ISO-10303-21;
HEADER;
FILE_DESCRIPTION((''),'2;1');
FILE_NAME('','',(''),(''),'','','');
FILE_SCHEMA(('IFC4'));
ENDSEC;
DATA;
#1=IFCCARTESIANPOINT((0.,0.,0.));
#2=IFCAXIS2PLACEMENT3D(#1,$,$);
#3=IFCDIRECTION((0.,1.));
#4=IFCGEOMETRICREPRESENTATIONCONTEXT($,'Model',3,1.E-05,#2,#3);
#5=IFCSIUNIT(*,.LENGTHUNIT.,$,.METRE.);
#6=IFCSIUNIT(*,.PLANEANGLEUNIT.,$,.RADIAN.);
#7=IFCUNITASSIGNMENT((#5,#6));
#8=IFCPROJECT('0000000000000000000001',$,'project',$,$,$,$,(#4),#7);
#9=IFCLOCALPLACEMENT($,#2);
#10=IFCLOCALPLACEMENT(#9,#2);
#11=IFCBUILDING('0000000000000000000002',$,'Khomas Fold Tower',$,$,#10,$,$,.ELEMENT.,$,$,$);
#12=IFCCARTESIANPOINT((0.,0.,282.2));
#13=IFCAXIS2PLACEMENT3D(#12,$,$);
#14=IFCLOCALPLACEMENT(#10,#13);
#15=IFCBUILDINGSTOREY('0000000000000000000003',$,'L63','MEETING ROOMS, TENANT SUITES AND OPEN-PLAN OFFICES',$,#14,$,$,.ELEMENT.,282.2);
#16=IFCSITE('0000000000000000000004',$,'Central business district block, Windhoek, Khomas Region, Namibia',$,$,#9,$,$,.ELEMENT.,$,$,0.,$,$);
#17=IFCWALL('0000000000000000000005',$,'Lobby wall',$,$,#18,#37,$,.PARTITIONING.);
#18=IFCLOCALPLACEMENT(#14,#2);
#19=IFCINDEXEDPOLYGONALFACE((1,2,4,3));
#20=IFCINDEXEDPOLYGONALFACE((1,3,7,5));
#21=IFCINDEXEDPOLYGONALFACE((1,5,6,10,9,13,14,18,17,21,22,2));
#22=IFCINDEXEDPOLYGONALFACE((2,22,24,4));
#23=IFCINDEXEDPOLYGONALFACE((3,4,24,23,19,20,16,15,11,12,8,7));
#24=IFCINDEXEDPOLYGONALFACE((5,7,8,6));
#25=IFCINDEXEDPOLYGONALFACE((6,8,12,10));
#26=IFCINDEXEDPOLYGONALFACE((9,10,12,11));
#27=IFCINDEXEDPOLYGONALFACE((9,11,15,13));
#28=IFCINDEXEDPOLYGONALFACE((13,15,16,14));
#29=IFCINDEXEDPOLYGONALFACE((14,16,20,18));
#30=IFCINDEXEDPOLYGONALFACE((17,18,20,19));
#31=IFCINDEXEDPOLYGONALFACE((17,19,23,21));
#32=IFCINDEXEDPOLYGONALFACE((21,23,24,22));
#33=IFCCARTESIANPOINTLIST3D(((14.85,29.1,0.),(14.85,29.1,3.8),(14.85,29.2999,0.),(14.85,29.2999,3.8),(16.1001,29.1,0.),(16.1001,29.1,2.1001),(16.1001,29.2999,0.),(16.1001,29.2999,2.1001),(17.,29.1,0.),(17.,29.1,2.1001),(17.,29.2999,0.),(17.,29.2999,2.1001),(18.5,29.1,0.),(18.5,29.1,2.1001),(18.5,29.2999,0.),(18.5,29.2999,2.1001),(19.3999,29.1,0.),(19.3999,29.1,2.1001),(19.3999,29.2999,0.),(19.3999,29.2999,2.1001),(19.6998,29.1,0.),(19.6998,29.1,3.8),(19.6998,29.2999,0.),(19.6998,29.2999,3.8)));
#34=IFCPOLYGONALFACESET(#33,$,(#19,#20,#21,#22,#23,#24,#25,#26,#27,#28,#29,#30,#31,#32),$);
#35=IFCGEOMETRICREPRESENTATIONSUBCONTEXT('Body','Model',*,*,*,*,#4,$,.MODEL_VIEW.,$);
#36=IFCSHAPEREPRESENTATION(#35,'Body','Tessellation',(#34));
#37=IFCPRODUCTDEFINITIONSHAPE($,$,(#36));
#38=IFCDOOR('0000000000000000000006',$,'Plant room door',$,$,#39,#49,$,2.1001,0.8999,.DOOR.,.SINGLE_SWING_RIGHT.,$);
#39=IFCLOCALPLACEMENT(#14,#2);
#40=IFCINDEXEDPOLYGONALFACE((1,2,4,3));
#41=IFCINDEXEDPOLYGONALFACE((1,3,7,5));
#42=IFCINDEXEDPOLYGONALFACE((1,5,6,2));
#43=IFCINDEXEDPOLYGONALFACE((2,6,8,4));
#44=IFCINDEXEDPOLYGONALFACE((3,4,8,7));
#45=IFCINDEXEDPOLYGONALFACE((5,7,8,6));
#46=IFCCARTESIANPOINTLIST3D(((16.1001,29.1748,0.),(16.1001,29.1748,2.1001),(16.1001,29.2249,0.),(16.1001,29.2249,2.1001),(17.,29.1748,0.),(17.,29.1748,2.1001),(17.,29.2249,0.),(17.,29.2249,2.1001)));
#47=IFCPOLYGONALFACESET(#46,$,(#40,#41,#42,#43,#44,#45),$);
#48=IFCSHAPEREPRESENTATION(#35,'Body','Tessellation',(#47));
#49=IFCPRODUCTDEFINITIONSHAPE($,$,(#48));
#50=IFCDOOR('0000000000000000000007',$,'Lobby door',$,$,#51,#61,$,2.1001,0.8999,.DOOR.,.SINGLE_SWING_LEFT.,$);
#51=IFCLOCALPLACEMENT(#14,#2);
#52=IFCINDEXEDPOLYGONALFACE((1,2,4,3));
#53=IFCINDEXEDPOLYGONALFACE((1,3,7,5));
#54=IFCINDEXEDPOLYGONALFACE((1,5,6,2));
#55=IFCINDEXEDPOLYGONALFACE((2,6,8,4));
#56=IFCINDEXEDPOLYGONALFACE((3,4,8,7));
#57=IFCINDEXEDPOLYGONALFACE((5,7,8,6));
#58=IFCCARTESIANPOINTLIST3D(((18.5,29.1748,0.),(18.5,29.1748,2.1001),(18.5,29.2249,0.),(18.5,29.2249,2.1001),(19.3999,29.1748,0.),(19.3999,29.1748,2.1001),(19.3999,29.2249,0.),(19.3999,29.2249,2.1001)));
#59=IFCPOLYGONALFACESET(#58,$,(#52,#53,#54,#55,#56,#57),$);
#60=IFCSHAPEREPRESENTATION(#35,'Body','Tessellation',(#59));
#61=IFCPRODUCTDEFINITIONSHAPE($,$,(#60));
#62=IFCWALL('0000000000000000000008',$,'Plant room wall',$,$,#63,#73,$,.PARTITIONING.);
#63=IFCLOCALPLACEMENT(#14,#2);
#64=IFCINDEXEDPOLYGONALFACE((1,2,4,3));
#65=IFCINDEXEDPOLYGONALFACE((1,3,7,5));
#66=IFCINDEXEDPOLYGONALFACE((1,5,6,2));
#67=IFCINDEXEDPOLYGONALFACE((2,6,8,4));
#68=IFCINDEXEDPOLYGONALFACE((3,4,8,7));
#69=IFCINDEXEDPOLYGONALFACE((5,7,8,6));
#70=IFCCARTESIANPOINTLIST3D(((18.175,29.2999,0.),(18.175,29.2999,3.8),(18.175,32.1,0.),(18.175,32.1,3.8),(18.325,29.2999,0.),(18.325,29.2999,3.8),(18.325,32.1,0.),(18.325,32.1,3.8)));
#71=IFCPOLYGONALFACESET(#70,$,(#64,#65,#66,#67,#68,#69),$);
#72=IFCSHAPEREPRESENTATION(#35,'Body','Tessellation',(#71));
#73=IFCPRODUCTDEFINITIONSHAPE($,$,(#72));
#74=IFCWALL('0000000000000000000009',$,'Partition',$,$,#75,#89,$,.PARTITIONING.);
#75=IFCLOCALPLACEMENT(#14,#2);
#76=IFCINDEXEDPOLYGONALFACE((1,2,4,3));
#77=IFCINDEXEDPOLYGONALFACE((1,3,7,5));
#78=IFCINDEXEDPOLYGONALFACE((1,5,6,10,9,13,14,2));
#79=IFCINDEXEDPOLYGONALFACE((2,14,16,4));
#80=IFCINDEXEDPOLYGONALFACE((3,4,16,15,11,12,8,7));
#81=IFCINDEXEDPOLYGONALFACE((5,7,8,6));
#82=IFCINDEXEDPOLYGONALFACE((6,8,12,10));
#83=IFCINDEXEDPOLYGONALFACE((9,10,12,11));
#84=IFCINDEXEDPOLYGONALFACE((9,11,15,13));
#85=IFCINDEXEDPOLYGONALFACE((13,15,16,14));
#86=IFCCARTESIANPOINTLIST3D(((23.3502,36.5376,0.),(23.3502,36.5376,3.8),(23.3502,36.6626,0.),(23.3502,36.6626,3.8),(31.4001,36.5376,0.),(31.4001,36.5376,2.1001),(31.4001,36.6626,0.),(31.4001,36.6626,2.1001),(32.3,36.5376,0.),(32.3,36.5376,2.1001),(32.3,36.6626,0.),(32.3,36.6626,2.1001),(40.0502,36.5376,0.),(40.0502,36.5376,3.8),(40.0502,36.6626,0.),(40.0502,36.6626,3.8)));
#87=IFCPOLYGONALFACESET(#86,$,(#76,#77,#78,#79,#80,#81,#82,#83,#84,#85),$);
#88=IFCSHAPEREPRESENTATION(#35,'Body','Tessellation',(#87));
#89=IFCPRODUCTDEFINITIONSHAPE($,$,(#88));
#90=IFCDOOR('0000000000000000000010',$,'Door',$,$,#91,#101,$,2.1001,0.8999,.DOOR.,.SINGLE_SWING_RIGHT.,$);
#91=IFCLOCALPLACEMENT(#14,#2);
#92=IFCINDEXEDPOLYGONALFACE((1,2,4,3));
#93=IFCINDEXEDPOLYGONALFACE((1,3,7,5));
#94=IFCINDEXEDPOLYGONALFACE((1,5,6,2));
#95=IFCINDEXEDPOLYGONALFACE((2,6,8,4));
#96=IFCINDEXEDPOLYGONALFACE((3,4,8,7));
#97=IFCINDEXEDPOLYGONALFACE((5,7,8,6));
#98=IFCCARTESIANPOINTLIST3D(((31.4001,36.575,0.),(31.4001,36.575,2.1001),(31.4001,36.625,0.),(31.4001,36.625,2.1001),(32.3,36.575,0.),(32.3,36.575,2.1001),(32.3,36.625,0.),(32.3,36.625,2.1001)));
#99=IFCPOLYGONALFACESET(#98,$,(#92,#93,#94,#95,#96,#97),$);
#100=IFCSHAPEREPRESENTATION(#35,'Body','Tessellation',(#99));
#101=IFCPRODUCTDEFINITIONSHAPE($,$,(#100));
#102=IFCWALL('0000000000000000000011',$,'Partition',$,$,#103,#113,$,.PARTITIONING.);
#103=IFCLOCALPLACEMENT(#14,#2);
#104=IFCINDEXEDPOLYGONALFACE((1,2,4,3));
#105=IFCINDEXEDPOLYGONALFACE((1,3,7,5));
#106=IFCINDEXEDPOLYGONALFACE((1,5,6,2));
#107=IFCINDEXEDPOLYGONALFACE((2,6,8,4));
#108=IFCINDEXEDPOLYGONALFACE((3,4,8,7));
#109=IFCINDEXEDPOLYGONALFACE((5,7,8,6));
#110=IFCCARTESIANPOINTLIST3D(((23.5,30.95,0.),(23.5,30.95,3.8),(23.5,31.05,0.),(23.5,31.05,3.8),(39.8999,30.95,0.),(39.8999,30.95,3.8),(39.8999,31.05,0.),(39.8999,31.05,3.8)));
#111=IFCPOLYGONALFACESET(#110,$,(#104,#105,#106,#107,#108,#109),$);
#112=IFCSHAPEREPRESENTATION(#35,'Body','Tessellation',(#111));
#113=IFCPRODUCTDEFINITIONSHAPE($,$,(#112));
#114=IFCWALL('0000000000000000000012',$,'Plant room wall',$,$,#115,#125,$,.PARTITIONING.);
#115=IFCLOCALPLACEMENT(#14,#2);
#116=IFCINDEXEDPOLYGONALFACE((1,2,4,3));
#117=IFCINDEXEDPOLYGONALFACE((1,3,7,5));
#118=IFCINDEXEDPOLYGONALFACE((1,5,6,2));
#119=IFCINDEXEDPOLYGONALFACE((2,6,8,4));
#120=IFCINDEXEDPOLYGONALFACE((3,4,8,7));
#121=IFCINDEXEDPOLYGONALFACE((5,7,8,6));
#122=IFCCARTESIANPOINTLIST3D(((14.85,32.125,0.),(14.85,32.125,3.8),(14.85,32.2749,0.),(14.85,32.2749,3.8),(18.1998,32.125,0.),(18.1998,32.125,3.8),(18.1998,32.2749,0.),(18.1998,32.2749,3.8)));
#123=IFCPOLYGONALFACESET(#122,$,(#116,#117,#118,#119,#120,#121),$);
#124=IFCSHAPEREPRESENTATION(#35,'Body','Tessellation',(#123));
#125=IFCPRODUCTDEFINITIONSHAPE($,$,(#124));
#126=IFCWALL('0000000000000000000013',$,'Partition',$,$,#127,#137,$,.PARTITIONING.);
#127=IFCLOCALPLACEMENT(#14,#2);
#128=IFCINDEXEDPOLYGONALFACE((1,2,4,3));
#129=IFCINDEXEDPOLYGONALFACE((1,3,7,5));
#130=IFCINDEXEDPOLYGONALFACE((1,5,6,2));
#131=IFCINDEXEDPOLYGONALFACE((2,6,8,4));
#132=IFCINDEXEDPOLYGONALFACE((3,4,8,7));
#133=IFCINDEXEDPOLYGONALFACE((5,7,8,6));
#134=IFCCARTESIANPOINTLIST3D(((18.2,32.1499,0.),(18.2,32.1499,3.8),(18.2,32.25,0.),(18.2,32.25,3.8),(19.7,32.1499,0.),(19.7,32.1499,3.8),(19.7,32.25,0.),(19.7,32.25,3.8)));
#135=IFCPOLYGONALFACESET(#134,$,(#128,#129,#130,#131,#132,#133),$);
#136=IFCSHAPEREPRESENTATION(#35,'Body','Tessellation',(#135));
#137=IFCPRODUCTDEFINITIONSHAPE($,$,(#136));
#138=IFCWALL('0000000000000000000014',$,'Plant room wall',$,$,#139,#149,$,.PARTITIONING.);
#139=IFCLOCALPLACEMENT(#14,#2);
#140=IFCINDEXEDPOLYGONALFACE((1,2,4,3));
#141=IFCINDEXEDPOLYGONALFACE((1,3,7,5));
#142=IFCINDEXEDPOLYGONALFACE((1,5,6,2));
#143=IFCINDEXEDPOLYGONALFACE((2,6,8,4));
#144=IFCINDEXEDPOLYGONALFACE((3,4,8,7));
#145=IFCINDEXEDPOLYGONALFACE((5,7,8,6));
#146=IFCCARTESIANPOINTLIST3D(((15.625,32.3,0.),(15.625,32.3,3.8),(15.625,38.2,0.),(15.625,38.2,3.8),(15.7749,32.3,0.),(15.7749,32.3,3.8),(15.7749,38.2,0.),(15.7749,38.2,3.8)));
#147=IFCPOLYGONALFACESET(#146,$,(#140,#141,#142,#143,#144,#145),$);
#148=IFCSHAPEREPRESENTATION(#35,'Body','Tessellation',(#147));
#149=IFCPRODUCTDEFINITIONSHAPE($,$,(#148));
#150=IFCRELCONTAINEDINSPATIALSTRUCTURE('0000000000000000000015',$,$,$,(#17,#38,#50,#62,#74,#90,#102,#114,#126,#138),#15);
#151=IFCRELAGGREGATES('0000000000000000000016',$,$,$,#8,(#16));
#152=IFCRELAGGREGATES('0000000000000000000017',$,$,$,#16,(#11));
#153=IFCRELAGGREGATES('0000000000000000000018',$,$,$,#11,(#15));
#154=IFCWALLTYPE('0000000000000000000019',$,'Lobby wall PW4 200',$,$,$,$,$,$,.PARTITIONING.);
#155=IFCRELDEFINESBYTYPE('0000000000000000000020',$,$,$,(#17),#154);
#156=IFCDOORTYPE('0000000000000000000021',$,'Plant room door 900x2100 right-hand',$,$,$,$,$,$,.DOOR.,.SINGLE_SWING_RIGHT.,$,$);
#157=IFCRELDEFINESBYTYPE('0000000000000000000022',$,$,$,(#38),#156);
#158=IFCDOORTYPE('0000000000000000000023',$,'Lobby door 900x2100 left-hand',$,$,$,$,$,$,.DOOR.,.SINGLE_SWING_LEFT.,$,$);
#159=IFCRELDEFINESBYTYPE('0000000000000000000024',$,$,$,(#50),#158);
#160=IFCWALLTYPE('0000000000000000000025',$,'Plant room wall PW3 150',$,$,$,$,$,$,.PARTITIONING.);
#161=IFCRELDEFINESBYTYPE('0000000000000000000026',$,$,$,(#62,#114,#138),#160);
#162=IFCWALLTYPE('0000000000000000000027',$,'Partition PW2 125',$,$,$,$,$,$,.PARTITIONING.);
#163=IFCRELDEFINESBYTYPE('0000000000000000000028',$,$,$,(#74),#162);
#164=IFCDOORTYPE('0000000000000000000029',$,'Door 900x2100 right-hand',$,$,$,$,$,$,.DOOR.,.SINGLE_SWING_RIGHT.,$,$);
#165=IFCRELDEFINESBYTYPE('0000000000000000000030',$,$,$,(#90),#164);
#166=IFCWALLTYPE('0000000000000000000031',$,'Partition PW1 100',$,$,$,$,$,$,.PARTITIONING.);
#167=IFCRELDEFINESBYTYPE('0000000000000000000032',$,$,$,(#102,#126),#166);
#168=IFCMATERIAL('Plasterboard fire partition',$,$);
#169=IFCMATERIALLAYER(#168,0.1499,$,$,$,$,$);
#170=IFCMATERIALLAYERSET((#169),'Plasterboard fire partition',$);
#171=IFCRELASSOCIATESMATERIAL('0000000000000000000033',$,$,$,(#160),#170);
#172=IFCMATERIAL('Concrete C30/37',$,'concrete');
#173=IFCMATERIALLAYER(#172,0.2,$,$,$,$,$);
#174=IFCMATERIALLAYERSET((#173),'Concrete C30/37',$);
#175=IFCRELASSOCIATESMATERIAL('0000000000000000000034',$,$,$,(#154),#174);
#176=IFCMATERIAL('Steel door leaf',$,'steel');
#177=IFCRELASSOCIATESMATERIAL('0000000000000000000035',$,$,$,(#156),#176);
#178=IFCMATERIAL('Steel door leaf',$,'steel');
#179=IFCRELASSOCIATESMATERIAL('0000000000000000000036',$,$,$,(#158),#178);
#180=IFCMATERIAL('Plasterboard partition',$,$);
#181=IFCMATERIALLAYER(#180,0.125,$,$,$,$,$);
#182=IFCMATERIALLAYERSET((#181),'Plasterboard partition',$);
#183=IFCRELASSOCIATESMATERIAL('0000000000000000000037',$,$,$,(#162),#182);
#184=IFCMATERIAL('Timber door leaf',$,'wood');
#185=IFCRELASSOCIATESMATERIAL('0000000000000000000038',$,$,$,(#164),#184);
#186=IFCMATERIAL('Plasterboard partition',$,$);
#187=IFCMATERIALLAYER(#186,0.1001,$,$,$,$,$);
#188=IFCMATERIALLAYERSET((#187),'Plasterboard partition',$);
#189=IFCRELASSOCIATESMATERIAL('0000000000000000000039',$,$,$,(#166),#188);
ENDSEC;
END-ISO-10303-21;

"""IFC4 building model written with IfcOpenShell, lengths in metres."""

from ifc_helpers import new_model, si_unit, direction, frame, frame_2d, origin, place, context, subcontext, project, spatial, rectangle, extrude, source, transform, mapped, material, layer, layer_set, type_object, element, fill, save


model = new_model("IFC4")

# Units and contexts
model_context = context("Model", 3, precision=1e-05, world=origin(), true_north=direction((0.0, 1.0)))
body_context = subcontext(model_context, "Body", "Model", "MODEL_VIEW")
ifc_project = project(units=[si_unit("LENGTHUNIT", "METRE"), si_unit("PLANEANGLEUNIT", "RADIAN")], contexts=[model_context])

# Site, building, storey
site_placement = place(None, origin())
site = spatial("IfcSite", under=ifc_project, at=site_placement, Name="Central business district block, Windhoek, Khomas Region, Namibia", CompositionType="ELEMENT", RefElevation=0.0)
building_placement = place(site_placement, origin())
building = spatial("IfcBuilding", under=site, at=building_placement, Name="Khomas Fold Tower", CompositionType="ELEMENT")
storey_placement = place(building_placement, frame((0.0, 0.0, 282.2)))
storey = spatial("IfcBuildingStorey", under=building, at=storey_placement, Name="L63", Description="MEETING ROOMS, TENANT SUITES AND OPEN-PLAN OFFICES", CompositionType="ELEMENT", Elevation=282.2)

# Shared definitions
ifc_material_1 = material(Name="Plasterboard fire partition")
ifc_layer_1 = layer(ifc_material_1, 0.1499)
ifc_layer_set_1 = layer_set([ifc_layer_1], Name="Plasterboard fire partition")
wall_type_1 = type_object("IfcWallType", Name="Plant room wall PW3 150", PredefinedType="PARTITIONING", material=ifc_layer_set_1)

# Wall, openings, doors
ifc_material_2 = material(Name="Concrete C30/37", Category="concrete")
ifc_layer_2 = layer(ifc_material_2, 0.2)
ifc_layer_set_2 = layer_set([ifc_layer_2], Name="Concrete C30/37")
wall_type_2 = type_object("IfcWallType", Name="Lobby wall PW4 200", PredefinedType="PARTITIONING", material=ifc_layer_set_2)
shared_shape_1 = source(origin(), body_context, "Body", "SweptSolid", [
    extrude(rectangle(XDim=4.8499, YDim=0.2, at=frame_2d((2.4248, 0.0))), origin(), (0.0, 0.0, 1.0), 3.8),
])
wall_1_placement = place(storey_placement, frame((14.8501, 29.2, 0.0), z_axis=(0.0, 0.0, 1.0), x_axis=(1.0, 0.0, 0.0)))
wall_1 = element("IfcWall", 1, at=wall_1_placement, inside=storey, type_object=wall_type_2, Name="Lobby wall", PredefinedType="PARTITIONING", context=body_context, shape_type="MappedRepresentation", body=[
    mapped(shared_shape_1, transform((0.0, 0.0, 0.0))),
])
shared_shape_2 = source(origin(), body_context, "Body", "SweptSolid", [
    extrude(rectangle(XDim=0.8999, YDim=2.1001, at=frame_2d((0.45, 1.05))), frame((0.0, 0.1099, 0.0), z_axis=(0.0, -1.0, 0.0), x_axis=(1.0, 0.0, 0.0)), (0.0, 0.0, 1.0), 0.22),
])
opening_1_placement = place(wall_1_placement, frame((1.25, 0.0, 0.0)))
opening_1 = element("IfcOpeningElement", 2, at=opening_1_placement, cuts=wall_1, PredefinedType="OPENING", context=body_context, shape_type="MappedRepresentation", body=[
    mapped(shared_shape_2, transform((0.0, 0.0, 0.0))),
])
opening_2_placement = place(wall_1_placement, frame((3.6499, 0.0, 0.0)))
opening_2 = element("IfcOpeningElement", 3, at=opening_2_placement, cuts=wall_1, PredefinedType="OPENING", context=body_context, shape_type="MappedRepresentation", body=[
    mapped(shared_shape_2, transform((0.0, 0.0, 0.0))),
])
ifc_material_3 = material(Name="Steel door leaf", Category="steel")
door_type_1 = type_object("IfcDoorType", Name="Plant room door 900x2100 right-hand", OperationType="SINGLE_SWING_RIGHT", PredefinedType="DOOR", material=ifc_material_3)
shared_shape_3 = source(origin(), body_context, "Body", "SweptSolid", [
    extrude(rectangle(XDim=0.8999, YDim=2.1001, at=frame_2d((0.45, 1.05))), frame((0.0, 0.0249, 0.0), z_axis=(0.0, -1.0, 0.0), x_axis=(1.0, 0.0, 0.0)), (0.0, 0.0, 1.0), 0.05),
])
door_1_placement = place(opening_1_placement, origin())
door_1 = element("IfcDoor", 4, at=door_1_placement, inside=storey, type_object=door_type_1, Name="Plant room door", OperationType="SINGLE_SWING_RIGHT", OverallHeight=2.1001, OverallWidth=0.8999, PredefinedType="DOOR", context=body_context, shape_type="MappedRepresentation", body=[
    mapped(shared_shape_3, transform((0.0, 0.0, 0.0))),
])
fill(opening_1, door_1)
ifc_material_4 = material(Name="Steel door leaf", Category="steel")
door_type_2 = type_object("IfcDoorType", Name="Lobby door 900x2100 left-hand", OperationType="SINGLE_SWING_LEFT", PredefinedType="DOOR", material=ifc_material_4)
door_2_placement = place(opening_2_placement, origin())
door_2 = element("IfcDoor", 5, at=door_2_placement, inside=storey, type_object=door_type_2, Name="Lobby door", OperationType="SINGLE_SWING_LEFT", OverallHeight=2.1001, OverallWidth=0.8999, PredefinedType="DOOR", context=body_context, shape_type="MappedRepresentation", body=[
    mapped(shared_shape_3, transform((0.0, 0.0, 0.0))),
])
fill(opening_2, door_2)

# Wall
shared_shape_4 = source(origin(), body_context, "Body", "SweptSolid", [
    extrude(rectangle(XDim=2.8, YDim=0.1499, at=frame_2d((1.3999, 0.0))), origin(), (0.0, 0.0, 1.0), 3.8),
])
wall_2_placement = place(storey_placement, frame((18.25, 29.3, 0.0), z_axis=(0.0, 0.0, 1.0), x_axis=(0.0, 1.0, 0.0)))
element("IfcWall", 6, at=wall_2_placement, inside=storey, type_object=wall_type_1, Name="Plant room wall", PredefinedType="PARTITIONING", context=body_context, shape_type="MappedRepresentation", body=[
    mapped(shared_shape_4, transform((0.0, 0.0, 0.0))),
])

# Wall, opening, door
ifc_material_5 = material(Name="Plasterboard partition")
ifc_layer_3 = layer(ifc_material_5, 0.125)
ifc_layer_set_3 = layer_set([ifc_layer_3], Name="Plasterboard partition")
wall_type_3 = type_object("IfcWallType", Name="Partition PW2 125", PredefinedType="PARTITIONING", material=ifc_layer_set_3)
shared_shape_5 = source(origin(), body_context, "Body", "SweptSolid", [
    extrude(rectangle(XDim=16.7, YDim=0.125, at=frame_2d((8.3501, 0.0))), origin(), (0.0, 0.0, 1.0), 3.8),
])
wall_3_placement = place(storey_placement, frame((23.3501, 36.6001, 0.0), z_axis=(0.0, 0.0, 1.0), x_axis=(1.0, 0.0, 0.0)))
wall_3 = element("IfcWall", 7, at=wall_3_placement, inside=storey, type_object=wall_type_3, Name="Partition", PredefinedType="PARTITIONING", context=body_context, shape_type="MappedRepresentation", body=[
    mapped(shared_shape_5, transform((0.0, 0.0, 0.0))),
])
shared_shape_6 = source(origin(), body_context, "Body", "SweptSolid", [
    extrude(rectangle(XDim=0.8999, YDim=2.1001, at=frame_2d((0.45, 1.05))), frame((0.0, 0.0725, 0.0), z_axis=(0.0, -1.0, 0.0), x_axis=(1.0, 0.0, 0.0)), (0.0, 0.0, 1.0), 0.145),
])
opening_3_placement = place(wall_3_placement, frame((8.05, 0.0, 0.0)))
opening_3 = element("IfcOpeningElement", 8, at=opening_3_placement, cuts=wall_3, PredefinedType="OPENING", context=body_context, shape_type="MappedRepresentation", body=[
    mapped(shared_shape_6, transform((0.0, 0.0, 0.0))),
])
ifc_material_6 = material(Name="Timber door leaf", Category="wood")
door_type_3 = type_object("IfcDoorType", Name="Door 900x2100 right-hand", OperationType="SINGLE_SWING_RIGHT", PredefinedType="DOOR", material=ifc_material_6)
door_3_placement = place(opening_3_placement, origin())
door_3 = element("IfcDoor", 9, at=door_3_placement, inside=storey, type_object=door_type_3, Name="Door", OperationType="SINGLE_SWING_RIGHT", OverallHeight=2.1001, OverallWidth=0.8999, PredefinedType="DOOR", context=body_context, shape_type="MappedRepresentation", body=[
    mapped(shared_shape_3, transform((0.0, 0.0, 0.0))),
])
fill(opening_3, door_3)

# Walls
ifc_material_7 = material(Name="Plasterboard partition")
ifc_layer_4 = layer(ifc_material_7, 0.1001)
ifc_layer_set_4 = layer_set([ifc_layer_4], Name="Plasterboard partition")
wall_type_4 = type_object("IfcWallType", Name="Partition PW1 100", PredefinedType="PARTITIONING", material=ifc_layer_set_4)
shared_shape_7 = source(origin(), body_context, "Body", "SweptSolid", [
    extrude(rectangle(XDim=16.3999, YDim=0.1001, at=frame_2d((8.2, 0.0))), origin(), (0.0, 0.0, 1.0), 3.8),
])
wall_4_placement = place(storey_placement, frame((23.5, 31.0, 0.0), z_axis=(0.0, 0.0, 1.0), x_axis=(1.0, 0.0, 0.0)))
element("IfcWall", 10, at=wall_4_placement, inside=storey, type_object=wall_type_4, Name="Partition", PredefinedType="PARTITIONING", context=body_context, shape_type="MappedRepresentation", body=[
    mapped(shared_shape_7, transform((0.0, 0.0, 0.0))),
])
shared_shape_8 = source(origin(), body_context, "Body", "SweptSolid", [
    extrude(rectangle(XDim=3.3499, YDim=0.1499, at=frame_2d((1.6748, 0.0))), origin(), (0.0, 0.0, 1.0), 3.8),
])
wall_5_placement = place(storey_placement, frame((14.8501, 32.2, 0.0), z_axis=(0.0, 0.0, 1.0), x_axis=(1.0, 0.0, 0.0)))
element("IfcWall", 11, at=wall_5_placement, inside=storey, type_object=wall_type_1, Name="Plant room wall", PredefinedType="PARTITIONING", context=body_context, shape_type="MappedRepresentation", body=[
    mapped(shared_shape_8, transform((0.0, 0.0, 0.0))),
])
shared_shape_9 = source(origin(), body_context, "Body", "SweptSolid", [
    extrude(rectangle(XDim=1.5, YDim=0.1001, at=frame_2d((0.75, 0.0))), origin(), (0.0, 0.0, 1.0), 3.8),
])
wall_6_placement = place(storey_placement, frame((18.2, 32.2, 0.0), z_axis=(0.0, 0.0, 1.0), x_axis=(1.0, 0.0, 0.0)))
element("IfcWall", 12, at=wall_6_placement, inside=storey, type_object=wall_type_4, Name="Partition", PredefinedType="PARTITIONING", context=body_context, shape_type="MappedRepresentation", body=[
    mapped(shared_shape_9, transform((0.0, 0.0, 0.0))),
])
shared_shape_10 = source(origin(), body_context, "Body", "SweptSolid", [
    extrude(rectangle(XDim=5.8999, YDim=0.1499, at=frame_2d((2.95, 0.0))), origin(), (0.0, 0.0, 1.0), 3.8),
])
wall_7_placement = place(storey_placement, frame((15.7, 32.3, 0.0), z_axis=(0.0, 0.0, 1.0), x_axis=(0.0, 1.0, 0.0)))
element("IfcWall", 13, at=wall_7_placement, inside=storey, type_object=wall_type_1, Name="Plant room wall", PredefinedType="PARTITIONING", context=body_context, shape_type="MappedRepresentation", body=[
    mapped(shared_shape_10, transform((0.0, 0.0, 0.0))),
])

save(model, "model.ifc")
